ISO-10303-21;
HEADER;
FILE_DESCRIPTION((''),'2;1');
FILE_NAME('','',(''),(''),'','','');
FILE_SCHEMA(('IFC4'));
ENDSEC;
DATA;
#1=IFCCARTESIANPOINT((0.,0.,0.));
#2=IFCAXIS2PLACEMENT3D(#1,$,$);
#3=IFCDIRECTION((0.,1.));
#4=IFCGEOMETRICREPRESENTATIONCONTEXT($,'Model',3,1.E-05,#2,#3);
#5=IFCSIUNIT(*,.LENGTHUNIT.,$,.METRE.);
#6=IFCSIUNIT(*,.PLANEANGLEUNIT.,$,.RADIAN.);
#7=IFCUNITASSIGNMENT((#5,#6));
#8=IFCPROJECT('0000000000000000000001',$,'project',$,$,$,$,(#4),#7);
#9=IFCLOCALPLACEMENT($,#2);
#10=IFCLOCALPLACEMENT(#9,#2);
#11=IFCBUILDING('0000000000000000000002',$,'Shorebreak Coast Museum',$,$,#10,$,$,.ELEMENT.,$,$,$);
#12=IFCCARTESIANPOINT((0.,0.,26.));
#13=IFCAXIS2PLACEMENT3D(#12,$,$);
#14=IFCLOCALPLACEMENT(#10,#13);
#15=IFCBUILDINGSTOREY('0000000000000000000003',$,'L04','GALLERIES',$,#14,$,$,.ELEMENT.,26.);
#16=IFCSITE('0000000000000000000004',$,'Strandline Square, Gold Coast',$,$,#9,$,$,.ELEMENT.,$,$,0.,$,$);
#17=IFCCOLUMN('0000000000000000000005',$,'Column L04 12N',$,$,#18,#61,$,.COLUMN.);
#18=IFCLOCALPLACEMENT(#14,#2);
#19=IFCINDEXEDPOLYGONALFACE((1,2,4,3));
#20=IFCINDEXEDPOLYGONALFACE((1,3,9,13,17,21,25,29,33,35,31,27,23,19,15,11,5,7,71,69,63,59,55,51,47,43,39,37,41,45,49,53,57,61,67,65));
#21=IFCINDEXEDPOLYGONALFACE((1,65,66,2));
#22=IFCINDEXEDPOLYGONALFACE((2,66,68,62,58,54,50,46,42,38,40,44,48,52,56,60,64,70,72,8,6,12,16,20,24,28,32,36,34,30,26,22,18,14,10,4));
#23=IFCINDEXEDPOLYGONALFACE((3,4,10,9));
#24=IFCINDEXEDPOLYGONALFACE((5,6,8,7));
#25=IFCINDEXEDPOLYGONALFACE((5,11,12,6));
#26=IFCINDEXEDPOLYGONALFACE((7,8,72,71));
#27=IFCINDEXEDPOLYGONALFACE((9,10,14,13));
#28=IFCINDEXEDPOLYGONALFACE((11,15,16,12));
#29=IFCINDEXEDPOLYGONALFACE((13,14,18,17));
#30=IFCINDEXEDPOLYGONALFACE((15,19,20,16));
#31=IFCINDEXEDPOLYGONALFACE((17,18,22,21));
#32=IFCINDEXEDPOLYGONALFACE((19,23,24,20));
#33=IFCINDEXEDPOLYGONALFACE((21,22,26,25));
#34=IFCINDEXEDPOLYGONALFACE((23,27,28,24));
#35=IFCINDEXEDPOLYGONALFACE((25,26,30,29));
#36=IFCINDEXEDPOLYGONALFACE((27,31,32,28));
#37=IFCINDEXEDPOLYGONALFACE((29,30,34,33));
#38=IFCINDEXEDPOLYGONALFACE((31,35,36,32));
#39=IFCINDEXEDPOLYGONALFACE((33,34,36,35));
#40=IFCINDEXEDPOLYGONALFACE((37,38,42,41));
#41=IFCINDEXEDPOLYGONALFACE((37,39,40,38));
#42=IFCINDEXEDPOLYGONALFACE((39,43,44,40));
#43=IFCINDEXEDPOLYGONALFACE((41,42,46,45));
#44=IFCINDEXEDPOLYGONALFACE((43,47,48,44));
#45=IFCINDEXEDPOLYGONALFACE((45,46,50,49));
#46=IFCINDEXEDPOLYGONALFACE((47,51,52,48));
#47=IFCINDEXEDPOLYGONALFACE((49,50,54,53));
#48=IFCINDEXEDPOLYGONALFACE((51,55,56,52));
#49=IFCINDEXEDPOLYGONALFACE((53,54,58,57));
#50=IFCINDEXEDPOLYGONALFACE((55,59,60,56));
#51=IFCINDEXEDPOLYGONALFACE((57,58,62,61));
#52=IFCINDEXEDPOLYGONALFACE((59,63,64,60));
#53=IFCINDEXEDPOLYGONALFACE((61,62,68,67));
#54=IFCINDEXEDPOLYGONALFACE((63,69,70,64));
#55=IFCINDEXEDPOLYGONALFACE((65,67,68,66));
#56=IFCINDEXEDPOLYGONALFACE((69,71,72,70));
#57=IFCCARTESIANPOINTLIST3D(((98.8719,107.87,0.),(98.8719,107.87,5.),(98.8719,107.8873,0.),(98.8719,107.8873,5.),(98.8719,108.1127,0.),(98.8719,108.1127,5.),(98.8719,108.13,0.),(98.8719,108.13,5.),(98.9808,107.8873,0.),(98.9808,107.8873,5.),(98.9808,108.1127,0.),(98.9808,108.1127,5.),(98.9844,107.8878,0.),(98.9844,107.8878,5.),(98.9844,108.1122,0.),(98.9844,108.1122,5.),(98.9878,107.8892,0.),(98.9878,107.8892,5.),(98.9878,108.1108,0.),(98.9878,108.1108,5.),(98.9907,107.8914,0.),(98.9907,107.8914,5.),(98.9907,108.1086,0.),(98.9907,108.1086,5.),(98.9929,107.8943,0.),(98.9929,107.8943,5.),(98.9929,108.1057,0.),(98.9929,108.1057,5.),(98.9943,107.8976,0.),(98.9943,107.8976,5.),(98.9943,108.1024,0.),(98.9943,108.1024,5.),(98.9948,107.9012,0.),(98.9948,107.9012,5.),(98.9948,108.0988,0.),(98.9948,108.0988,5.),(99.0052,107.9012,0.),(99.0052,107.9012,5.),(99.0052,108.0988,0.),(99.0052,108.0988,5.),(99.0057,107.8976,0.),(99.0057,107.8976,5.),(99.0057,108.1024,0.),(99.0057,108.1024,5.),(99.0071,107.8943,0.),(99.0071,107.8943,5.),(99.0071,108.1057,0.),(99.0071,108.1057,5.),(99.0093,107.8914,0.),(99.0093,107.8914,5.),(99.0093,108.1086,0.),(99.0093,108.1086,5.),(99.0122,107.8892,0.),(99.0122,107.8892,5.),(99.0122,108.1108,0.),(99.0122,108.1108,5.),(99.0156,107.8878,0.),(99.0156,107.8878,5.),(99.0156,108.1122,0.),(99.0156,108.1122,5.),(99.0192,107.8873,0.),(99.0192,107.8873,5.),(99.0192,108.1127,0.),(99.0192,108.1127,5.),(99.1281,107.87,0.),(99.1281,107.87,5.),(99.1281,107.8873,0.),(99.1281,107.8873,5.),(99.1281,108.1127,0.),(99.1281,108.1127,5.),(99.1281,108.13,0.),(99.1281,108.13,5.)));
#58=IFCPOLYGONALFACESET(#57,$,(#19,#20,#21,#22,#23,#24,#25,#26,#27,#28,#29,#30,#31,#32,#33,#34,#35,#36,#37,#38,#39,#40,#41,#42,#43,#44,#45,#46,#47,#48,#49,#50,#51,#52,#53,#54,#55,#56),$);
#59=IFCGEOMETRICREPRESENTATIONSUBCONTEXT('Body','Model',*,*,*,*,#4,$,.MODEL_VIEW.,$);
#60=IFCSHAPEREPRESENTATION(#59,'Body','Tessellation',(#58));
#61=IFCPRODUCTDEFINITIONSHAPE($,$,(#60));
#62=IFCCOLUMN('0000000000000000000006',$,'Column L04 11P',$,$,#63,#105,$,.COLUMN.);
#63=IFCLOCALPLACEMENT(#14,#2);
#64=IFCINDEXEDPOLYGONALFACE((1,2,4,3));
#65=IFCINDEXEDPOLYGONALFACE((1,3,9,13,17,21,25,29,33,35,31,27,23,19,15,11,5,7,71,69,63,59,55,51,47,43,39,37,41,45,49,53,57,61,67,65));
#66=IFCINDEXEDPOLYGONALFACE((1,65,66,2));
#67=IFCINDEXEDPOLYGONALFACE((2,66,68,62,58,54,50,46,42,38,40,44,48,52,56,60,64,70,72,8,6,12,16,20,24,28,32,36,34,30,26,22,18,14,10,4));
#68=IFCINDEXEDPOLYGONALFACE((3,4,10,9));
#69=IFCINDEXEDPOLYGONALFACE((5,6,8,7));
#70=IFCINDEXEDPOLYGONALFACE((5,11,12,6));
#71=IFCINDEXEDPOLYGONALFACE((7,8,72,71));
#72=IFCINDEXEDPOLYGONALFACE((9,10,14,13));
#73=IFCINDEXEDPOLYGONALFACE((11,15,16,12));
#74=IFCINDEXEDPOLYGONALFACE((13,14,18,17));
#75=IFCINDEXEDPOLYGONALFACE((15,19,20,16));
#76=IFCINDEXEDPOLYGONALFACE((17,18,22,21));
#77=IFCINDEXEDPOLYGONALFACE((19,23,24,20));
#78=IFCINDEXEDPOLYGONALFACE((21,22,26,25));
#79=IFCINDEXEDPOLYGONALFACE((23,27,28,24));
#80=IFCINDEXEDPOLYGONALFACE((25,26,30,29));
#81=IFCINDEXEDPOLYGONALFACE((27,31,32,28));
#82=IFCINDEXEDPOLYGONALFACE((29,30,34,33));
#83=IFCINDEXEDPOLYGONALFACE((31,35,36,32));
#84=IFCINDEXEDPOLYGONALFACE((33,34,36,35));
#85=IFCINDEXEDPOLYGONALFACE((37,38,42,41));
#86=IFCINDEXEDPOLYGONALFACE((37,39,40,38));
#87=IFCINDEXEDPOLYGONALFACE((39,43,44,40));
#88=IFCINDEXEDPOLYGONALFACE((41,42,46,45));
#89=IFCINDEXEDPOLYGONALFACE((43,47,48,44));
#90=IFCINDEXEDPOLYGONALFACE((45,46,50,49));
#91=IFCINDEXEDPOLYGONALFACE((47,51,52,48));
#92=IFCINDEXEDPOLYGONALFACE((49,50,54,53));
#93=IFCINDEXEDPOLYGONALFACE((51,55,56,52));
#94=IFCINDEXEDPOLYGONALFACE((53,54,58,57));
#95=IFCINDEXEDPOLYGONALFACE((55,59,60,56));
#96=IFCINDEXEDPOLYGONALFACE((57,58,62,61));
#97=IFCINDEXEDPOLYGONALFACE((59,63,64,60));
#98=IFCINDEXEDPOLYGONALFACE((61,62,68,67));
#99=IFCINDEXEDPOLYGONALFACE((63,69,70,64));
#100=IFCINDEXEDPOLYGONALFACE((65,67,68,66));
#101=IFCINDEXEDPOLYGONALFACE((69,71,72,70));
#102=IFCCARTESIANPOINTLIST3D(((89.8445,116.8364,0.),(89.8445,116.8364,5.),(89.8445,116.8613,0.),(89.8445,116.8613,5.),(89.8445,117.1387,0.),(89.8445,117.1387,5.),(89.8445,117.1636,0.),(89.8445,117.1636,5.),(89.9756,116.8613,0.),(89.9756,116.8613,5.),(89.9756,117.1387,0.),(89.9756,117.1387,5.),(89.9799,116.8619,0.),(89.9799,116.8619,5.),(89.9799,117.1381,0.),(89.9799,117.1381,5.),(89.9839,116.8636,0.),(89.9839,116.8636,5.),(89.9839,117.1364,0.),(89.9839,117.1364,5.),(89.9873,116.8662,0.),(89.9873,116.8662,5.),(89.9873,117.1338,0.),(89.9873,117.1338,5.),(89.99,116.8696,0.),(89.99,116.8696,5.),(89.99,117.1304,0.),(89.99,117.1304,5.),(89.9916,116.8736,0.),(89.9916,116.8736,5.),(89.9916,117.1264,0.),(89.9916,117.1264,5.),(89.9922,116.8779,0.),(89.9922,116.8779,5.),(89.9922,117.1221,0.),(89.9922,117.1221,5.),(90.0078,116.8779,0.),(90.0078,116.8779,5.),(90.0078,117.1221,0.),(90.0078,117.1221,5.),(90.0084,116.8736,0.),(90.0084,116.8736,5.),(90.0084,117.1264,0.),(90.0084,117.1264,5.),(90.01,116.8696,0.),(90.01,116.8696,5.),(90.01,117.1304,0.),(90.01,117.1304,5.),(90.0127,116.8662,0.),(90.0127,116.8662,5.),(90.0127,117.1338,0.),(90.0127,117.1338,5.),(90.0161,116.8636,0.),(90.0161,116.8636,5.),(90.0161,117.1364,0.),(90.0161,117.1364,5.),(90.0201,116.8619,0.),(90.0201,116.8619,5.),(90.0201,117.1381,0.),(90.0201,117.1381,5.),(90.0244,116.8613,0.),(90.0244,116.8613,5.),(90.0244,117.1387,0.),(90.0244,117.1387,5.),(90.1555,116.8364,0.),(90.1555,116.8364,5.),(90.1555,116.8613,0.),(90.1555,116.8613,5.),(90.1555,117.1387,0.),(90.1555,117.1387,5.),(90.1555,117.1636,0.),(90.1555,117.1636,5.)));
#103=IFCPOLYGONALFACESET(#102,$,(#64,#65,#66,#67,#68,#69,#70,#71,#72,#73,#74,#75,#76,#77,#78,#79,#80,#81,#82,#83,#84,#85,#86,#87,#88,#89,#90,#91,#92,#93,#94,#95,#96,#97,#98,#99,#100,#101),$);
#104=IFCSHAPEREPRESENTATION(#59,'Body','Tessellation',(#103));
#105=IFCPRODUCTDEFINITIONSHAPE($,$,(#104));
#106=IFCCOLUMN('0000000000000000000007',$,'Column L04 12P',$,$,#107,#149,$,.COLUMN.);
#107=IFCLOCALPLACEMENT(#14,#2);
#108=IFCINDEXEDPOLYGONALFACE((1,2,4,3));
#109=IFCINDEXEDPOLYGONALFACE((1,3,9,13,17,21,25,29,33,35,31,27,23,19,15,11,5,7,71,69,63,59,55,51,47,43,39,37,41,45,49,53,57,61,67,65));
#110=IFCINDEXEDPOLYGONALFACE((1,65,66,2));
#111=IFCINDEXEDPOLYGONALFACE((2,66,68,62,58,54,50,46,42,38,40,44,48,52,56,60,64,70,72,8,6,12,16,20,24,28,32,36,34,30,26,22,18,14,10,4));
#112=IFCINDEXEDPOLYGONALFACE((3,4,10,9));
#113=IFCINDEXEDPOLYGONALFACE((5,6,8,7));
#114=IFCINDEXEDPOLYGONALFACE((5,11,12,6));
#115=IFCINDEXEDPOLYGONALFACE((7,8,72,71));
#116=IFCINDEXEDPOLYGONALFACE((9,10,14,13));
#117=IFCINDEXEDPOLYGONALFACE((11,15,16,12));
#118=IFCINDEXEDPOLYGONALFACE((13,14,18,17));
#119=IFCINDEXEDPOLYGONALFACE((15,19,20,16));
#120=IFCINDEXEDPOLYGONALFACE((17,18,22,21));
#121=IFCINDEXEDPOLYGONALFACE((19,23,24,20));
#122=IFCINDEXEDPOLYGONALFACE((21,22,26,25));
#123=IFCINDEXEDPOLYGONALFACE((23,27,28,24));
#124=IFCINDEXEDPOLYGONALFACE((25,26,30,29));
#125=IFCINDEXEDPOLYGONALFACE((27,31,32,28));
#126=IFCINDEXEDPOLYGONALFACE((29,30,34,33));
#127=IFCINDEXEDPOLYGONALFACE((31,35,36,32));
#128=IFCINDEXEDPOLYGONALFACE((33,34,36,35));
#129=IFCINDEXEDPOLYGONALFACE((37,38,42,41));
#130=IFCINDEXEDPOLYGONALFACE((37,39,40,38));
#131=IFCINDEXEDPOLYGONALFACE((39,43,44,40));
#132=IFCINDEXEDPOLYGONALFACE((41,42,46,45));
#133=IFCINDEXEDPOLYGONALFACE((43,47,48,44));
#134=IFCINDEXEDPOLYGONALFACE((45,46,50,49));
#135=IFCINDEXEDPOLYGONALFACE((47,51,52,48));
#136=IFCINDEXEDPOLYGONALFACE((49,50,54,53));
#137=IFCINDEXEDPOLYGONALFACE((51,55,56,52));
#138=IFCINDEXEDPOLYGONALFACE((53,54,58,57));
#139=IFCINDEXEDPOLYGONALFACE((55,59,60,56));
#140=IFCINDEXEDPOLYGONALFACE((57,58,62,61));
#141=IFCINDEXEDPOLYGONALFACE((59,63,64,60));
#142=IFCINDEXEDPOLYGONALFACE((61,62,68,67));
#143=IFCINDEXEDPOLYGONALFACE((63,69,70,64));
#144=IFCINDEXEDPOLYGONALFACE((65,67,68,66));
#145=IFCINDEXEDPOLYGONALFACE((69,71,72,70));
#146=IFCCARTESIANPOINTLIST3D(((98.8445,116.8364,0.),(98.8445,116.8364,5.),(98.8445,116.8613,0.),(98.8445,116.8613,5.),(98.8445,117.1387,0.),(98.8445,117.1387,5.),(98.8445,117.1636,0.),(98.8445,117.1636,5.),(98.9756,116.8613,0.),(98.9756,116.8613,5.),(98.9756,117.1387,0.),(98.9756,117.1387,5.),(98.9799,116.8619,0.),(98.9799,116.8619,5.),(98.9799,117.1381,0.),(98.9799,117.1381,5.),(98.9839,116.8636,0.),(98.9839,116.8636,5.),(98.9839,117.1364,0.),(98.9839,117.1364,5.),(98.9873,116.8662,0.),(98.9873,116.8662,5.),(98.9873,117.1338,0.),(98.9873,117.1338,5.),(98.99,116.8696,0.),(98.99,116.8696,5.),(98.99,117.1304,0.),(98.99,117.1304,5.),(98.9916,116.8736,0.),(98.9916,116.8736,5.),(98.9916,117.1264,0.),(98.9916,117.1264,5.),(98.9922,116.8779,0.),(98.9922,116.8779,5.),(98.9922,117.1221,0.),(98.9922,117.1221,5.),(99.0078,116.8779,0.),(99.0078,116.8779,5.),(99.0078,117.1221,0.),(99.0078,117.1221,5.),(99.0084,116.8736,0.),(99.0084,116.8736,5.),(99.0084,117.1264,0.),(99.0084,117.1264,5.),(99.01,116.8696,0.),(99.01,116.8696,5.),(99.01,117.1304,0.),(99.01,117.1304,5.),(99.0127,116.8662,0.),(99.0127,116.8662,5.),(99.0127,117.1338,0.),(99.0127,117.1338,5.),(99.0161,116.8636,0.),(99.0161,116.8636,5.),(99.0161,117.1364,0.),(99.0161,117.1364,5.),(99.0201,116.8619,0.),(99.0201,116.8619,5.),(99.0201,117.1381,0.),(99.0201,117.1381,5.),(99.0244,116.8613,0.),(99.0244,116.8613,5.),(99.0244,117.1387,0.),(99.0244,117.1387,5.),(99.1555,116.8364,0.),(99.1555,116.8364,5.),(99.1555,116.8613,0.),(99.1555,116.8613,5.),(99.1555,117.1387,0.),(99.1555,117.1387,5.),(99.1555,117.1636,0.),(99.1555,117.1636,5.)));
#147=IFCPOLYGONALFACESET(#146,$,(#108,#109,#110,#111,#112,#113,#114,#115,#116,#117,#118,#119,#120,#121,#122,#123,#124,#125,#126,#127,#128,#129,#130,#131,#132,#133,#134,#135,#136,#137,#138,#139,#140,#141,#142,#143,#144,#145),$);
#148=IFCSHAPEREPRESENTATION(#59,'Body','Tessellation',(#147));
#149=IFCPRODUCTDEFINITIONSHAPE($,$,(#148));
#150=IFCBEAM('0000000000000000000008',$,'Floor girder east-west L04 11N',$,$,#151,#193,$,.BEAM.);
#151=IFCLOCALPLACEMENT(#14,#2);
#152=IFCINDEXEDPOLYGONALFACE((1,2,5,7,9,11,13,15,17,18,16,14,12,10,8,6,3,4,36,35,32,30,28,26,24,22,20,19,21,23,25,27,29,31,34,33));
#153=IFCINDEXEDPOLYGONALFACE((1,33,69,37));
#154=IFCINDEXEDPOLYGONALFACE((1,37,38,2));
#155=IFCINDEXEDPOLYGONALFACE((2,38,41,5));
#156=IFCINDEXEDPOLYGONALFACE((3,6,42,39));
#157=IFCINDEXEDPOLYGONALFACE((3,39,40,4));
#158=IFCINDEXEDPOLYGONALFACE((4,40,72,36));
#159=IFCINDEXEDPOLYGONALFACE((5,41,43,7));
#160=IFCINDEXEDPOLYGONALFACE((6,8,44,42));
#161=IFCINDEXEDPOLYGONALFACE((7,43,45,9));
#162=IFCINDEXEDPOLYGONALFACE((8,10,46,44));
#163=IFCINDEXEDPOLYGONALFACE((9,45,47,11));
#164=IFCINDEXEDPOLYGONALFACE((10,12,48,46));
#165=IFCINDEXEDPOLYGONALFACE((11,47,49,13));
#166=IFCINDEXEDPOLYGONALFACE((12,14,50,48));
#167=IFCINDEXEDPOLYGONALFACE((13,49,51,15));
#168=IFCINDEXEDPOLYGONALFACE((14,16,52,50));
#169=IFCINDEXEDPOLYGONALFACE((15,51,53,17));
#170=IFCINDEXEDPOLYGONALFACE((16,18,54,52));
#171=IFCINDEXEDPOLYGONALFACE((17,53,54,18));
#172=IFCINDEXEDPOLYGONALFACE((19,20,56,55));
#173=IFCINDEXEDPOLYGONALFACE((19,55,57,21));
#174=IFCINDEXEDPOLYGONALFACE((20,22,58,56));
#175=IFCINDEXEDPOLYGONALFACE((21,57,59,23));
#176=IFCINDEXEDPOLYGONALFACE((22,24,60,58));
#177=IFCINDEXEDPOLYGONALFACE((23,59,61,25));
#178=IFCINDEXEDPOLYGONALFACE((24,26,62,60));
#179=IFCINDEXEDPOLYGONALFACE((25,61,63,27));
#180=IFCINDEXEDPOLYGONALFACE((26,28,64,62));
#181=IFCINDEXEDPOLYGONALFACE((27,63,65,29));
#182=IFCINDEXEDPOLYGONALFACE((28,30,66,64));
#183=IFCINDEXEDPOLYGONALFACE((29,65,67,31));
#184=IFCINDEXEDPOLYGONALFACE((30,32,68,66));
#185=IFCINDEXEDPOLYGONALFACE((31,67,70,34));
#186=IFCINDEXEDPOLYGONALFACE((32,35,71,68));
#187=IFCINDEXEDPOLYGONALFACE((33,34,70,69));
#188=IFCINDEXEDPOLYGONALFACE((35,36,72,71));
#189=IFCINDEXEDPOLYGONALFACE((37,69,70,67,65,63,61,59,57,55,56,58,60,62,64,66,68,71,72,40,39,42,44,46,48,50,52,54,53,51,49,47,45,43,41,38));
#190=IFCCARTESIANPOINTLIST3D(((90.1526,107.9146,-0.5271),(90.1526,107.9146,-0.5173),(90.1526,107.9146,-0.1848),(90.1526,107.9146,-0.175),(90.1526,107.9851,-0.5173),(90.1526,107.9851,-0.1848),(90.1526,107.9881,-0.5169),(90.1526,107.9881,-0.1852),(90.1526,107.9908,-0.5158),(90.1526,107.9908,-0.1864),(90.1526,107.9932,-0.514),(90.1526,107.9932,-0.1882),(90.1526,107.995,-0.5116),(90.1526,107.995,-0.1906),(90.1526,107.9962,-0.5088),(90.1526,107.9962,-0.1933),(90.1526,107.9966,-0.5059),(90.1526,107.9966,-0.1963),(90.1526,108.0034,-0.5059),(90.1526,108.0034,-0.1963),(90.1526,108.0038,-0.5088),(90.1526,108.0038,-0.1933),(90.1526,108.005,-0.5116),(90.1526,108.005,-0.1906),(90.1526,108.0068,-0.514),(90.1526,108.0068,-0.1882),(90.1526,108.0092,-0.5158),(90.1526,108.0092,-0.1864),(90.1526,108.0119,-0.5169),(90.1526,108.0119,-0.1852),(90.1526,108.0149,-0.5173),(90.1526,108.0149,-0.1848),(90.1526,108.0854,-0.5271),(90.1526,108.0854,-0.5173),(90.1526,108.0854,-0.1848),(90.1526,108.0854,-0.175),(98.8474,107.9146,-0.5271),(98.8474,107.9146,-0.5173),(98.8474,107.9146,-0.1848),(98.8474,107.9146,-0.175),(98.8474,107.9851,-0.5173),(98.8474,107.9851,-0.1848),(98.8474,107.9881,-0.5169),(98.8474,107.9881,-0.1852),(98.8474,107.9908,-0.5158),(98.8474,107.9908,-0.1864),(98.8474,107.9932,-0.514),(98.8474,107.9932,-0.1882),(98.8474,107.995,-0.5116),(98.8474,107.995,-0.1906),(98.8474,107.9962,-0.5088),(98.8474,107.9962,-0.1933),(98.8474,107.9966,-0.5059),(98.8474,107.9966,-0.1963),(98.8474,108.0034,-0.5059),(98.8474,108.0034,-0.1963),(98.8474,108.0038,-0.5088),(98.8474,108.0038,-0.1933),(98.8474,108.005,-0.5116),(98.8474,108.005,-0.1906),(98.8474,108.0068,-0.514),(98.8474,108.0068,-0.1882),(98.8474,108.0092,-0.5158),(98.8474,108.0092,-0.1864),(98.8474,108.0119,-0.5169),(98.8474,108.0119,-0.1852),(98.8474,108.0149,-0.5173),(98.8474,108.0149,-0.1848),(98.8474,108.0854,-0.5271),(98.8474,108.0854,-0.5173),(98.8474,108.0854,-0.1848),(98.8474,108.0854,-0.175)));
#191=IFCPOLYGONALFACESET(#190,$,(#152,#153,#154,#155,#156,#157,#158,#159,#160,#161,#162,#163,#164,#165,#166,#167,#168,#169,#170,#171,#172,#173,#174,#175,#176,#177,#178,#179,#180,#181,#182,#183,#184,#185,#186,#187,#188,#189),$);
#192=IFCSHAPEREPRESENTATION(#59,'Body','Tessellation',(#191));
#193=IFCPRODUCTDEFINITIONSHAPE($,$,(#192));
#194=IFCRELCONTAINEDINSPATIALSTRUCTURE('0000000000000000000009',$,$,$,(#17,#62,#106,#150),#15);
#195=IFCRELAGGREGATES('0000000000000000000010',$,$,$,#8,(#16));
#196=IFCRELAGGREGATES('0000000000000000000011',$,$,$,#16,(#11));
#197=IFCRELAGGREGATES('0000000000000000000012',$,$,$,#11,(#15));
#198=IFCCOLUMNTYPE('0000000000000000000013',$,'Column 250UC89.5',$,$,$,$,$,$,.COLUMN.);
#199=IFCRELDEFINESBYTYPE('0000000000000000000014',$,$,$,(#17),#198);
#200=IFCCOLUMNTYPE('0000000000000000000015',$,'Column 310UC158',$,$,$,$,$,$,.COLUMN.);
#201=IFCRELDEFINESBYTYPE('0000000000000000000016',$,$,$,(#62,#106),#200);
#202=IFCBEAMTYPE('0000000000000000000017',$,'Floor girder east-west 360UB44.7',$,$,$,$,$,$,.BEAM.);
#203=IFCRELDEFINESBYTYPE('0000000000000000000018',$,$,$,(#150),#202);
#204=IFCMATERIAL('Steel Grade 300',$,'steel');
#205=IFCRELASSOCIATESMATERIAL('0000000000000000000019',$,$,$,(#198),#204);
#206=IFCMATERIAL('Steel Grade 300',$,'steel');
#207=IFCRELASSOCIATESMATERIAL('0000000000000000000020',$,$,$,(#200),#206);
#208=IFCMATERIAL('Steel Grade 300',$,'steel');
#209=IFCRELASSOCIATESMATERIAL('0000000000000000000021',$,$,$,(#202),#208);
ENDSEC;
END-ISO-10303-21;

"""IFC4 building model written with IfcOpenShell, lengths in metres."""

from ifc_helpers import new_model, si_unit, direction, frame, origin, origin_2d, place, context, subcontext, project, spatial, i_section, extrude, material, material_profile, profile_set, type_object, element, save


model = new_model("IFC4")

# Units and contexts
model_context = context("Model", 3, precision=1e-05, world=origin(), true_north=direction((0.0, 1.0)))
body_context = subcontext(model_context, "Body", "Model", "MODEL_VIEW")
ifc_project = project(units=[si_unit("LENGTHUNIT", "METRE"), si_unit("PLANEANGLEUNIT", "RADIAN")], contexts=[model_context])

# Site, building, storey
site_placement = place(None, origin())
site = spatial("IfcSite", under=ifc_project, at=site_placement, Name="Strandline Square, Gold Coast", CompositionType="ELEMENT", RefElevation=0.0)
building_placement = place(site_placement, origin())
building = spatial("IfcBuilding", under=site, at=building_placement, Name="Shorebreak Coast Museum", CompositionType="ELEMENT")
storey_placement = place(building_placement, frame((0.0, 0.0, 26.0)))
storey = spatial("IfcBuildingStorey", under=building, at=storey_placement, Name="L04", Description="GALLERIES", CompositionType="ELEMENT", Elevation=26.0)

# Columns
ifc_material_1 = material(Name="Steel Grade 300", Category="steel")
ifc_material_profile_1 = material_profile(ifc_material_1, i_section(OverallWidth=0.2561, OverallDepth=0.26, WebThickness=0.0105, FlangeThickness=0.0173, FilletRadius=0.0139, at=origin_2d()), Name="250UC89.5")
ifc_profile_set_1 = profile_set([ifc_material_profile_1], Name="Steel Grade 300")
column_type_1 = type_object("IfcColumnType", Name="Column 250UC89.5", PredefinedType="COLUMN", material=ifc_profile_set_1)
column_placement = place(storey_placement, frame((99.0, 108.0, 0.0), z_axis=(0.0, 0.0, 1.0), x_axis=(1.0, 0.0, 0.0)))
element("IfcColumn", 1, at=column_placement, inside=storey, type_object=column_type_1, Name="Column L04 12N", PredefinedType="COLUMN", context=body_context, shape_type="SweptSolid", body=[
    extrude(i_section(OverallWidth=0.2561, OverallDepth=0.26, WebThickness=0.0105, FlangeThickness=0.0173, FilletRadius=0.0139, at=origin_2d()), origin(), (0.0, 0.0, 1.0), 5.0),
])
ifc_material_2 = material(Name="Steel Grade 300", Category="steel")
ifc_material_profile_2 = material_profile(ifc_material_2, i_section(OverallWidth=0.311, OverallDepth=0.3271, WebThickness=0.0156, FlangeThickness=0.0249, FilletRadius=0.0166, at=origin_2d()), Name="310UC158")
ifc_profile_set_2 = profile_set([ifc_material_profile_2], Name="Steel Grade 300")
column_type_2 = type_object("IfcColumnType", Name="Column 310UC158", PredefinedType="COLUMN", material=ifc_profile_set_2)
for number, where, z_axis, x_axis, name in (
    (2, (90.0, 117.0, 0.0), (0.0, 0.0, 1.0), (1.0, 0.0, 0.0), "Column L04 11P"),
    (3, (99.0, 117.0, 0.0), (0.0, 0.0, 1.0), (1.0, 0.0, 0.0), "Column L04 12P"),
):
    element("IfcColumn", number, at=place(storey_placement, frame(where, z_axis=z_axis, x_axis=x_axis)), inside=storey, type_object=column_type_2, Name=name, PredefinedType="COLUMN", context=body_context, shape_type="SweptSolid", body=[
        extrude(i_section(OverallWidth=0.311, OverallDepth=0.3271, WebThickness=0.0156, FlangeThickness=0.0249, FilletRadius=0.0166, at=origin_2d()), origin(), (0.0, 0.0, 1.0), 5.0),
    ])

# Beam
ifc_material_3 = material(Name="Steel Grade 300", Category="steel")
ifc_material_profile_3 = material_profile(ifc_material_3, i_section(OverallWidth=0.1709, OverallDepth=0.3521, WebThickness=0.0068, FlangeThickness=0.0098, FilletRadius=0.0115, at=origin_2d()), Name="360UB44.7")
ifc_profile_set_3 = profile_set([ifc_material_profile_3], Name="Steel Grade 300")
beam_type_1 = type_object("IfcBeamType", Name="Floor girder east-west 360UB44.7", PredefinedType="BEAM", material=ifc_profile_set_3)
beam_placement = place(storey_placement, frame((90.1526, 108.0, -0.3511), z_axis=(1.0, 0.0, 0.0), x_axis=(0.0, 1.0, 0.0)))
element("IfcBeam", 4, at=beam_placement, inside=storey, type_object=beam_type_1, Name="Floor girder east-west L04 11N", PredefinedType="BEAM", context=body_context, shape_type="SweptSolid", body=[
    extrude(i_section(OverallWidth=0.1709, OverallDepth=0.3521, WebThickness=0.0068, FlangeThickness=0.0098, FilletRadius=0.0115, at=origin_2d()), origin(), (0.0, 0.0, 1.0), 8.6948),
])

save(model, "model.ifc")
